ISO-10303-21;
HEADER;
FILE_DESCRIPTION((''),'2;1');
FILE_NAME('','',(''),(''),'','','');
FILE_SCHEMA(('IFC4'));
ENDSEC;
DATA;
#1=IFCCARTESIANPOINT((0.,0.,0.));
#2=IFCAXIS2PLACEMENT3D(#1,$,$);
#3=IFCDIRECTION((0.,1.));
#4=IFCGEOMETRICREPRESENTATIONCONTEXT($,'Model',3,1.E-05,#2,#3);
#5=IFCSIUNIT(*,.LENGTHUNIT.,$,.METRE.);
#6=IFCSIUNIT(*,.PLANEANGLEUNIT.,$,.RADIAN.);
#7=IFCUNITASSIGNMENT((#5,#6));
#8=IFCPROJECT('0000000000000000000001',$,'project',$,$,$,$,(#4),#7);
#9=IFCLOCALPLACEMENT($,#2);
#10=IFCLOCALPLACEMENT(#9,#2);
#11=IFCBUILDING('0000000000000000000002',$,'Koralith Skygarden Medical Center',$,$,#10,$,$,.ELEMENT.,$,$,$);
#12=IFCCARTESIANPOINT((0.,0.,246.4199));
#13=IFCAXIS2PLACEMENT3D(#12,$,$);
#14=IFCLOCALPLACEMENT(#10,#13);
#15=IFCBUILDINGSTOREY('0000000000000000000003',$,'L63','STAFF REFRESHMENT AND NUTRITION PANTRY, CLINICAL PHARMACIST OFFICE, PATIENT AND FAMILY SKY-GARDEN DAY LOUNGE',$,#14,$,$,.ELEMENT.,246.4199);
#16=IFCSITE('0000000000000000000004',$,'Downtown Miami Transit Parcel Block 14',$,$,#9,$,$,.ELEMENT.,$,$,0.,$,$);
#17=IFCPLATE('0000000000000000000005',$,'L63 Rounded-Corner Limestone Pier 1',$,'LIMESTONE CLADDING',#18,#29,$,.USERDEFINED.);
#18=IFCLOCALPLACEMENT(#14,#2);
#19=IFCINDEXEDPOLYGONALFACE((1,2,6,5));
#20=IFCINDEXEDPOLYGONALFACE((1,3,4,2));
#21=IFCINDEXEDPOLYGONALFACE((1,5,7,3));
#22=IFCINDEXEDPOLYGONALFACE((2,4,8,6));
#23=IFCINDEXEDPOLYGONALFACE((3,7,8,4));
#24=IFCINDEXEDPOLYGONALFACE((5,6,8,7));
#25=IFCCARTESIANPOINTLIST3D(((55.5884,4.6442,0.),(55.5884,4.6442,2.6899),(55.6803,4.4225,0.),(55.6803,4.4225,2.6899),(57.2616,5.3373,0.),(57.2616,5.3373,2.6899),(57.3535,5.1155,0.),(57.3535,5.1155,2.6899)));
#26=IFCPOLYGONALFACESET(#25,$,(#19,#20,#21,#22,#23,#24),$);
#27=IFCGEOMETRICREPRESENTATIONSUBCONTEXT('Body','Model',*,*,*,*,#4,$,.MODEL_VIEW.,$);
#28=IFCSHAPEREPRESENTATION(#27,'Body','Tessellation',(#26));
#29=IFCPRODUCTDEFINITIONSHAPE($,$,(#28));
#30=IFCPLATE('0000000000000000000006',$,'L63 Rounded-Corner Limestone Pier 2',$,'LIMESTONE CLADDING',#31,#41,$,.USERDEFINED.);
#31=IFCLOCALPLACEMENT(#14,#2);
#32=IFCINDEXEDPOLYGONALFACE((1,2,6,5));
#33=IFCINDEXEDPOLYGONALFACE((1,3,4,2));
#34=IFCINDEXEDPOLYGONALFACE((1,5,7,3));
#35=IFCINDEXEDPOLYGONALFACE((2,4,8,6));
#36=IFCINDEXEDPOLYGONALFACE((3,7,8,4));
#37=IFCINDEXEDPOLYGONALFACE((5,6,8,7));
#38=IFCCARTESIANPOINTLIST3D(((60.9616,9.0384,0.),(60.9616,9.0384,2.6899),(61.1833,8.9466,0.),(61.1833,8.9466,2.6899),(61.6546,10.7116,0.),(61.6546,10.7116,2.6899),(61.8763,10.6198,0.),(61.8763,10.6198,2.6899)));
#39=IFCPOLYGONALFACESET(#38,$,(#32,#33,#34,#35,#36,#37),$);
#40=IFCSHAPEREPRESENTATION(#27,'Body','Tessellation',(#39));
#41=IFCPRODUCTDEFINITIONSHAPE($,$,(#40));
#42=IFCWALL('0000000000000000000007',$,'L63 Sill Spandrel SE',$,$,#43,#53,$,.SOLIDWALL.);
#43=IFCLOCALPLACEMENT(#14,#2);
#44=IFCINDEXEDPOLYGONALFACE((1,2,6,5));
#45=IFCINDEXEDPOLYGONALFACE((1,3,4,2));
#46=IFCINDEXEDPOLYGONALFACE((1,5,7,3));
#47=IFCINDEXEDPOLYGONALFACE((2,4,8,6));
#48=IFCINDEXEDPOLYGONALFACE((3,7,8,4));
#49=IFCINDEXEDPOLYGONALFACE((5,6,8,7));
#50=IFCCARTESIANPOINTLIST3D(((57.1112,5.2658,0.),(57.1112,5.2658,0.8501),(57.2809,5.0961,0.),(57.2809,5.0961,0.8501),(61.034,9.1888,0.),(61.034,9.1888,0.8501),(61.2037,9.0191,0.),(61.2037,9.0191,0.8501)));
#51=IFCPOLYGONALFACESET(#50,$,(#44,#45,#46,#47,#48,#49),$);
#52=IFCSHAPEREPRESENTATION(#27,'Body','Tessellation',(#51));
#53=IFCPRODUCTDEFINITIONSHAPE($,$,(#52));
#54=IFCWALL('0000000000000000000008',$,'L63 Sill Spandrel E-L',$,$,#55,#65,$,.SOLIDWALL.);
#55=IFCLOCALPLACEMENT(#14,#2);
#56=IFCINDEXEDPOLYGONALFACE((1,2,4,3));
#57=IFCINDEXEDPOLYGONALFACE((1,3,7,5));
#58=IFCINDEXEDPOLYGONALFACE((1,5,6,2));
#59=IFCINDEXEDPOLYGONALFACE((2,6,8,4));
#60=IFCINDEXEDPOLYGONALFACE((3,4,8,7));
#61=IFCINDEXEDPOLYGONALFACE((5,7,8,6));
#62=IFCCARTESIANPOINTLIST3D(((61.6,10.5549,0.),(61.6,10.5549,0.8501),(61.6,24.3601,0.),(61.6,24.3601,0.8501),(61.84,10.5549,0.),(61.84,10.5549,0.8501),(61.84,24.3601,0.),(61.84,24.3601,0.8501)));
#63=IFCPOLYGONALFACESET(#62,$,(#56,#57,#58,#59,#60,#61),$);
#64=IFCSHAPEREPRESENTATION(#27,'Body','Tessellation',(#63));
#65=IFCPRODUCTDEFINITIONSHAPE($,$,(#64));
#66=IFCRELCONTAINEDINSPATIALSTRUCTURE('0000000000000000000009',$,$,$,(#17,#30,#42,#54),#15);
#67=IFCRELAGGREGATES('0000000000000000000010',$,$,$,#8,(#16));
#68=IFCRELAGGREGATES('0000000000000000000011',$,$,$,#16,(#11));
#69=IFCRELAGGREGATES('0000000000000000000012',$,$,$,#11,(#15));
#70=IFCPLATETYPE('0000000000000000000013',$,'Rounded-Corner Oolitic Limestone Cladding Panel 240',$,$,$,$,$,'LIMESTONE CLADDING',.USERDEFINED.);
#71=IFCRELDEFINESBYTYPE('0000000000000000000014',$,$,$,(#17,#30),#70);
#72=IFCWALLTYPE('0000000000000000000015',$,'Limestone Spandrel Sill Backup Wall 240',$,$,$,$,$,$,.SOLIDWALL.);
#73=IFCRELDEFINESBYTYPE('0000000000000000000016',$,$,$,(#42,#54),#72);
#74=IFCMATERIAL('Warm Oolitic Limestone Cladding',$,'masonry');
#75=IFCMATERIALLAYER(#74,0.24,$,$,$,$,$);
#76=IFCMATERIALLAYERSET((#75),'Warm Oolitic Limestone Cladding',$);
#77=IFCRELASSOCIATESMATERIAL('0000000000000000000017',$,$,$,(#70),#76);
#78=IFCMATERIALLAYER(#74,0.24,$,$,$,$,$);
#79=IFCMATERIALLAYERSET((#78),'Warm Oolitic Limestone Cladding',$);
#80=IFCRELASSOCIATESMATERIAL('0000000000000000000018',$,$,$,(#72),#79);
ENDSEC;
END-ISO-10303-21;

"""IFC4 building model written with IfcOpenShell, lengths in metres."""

from ifc_helpers import new_model, si_unit, direction, frame, frame_2d, origin, origin_2d, place, context, subcontext, project, spatial, rectangle, extrude, material, layer, layer_set, type_object, element, save


model = new_model("IFC4")

# Units and contexts
model_context = context("Model", 3, precision=1e-05, world=origin(), true_north=direction((0.0, 1.0)))
body_context = subcontext(model_context, "Body", "Model", "MODEL_VIEW")
ifc_project = project(units=[si_unit("LENGTHUNIT", "METRE"), si_unit("PLANEANGLEUNIT", "RADIAN")], contexts=[model_context])

# Site, building, storey
site_placement = place(None, origin())
site = spatial("IfcSite", under=ifc_project, at=site_placement, Name="Downtown Miami Transit Parcel Block 14", CompositionType="ELEMENT", RefElevation=0.0)
building_placement = place(site_placement, origin())
building = spatial("IfcBuilding", under=site, at=building_placement, Name="Koralith Skygarden Medical Center", CompositionType="ELEMENT")
storey_placement = place(building_placement, frame((0.0, 0.0, 246.4199)))
storey = spatial("IfcBuildingStorey", under=building, at=storey_placement, Name="L63", Description="STAFF REFRESHMENT AND NUTRITION PANTRY, CLINICAL PHARMACIST OFFICE, PATIENT AND FAMILY SKY-GARDEN DAY LOUNGE", CompositionType="ELEMENT", Elevation=246.4199)

# Plates
ifc_material_1 = material(Name="Warm Oolitic Limestone Cladding", Category="masonry")
ifc_layer_1 = layer(ifc_material_1, 0.24)
ifc_layer_set_1 = layer_set([ifc_layer_1], Name="Warm Oolitic Limestone Cladding")
plate_type_1 = type_object("IfcPlateType", Name="Rounded-Corner Oolitic Limestone Cladding Panel 240", ElementType="LIMESTONE CLADDING", PredefinedType="USERDEFINED", material=ifc_layer_set_1)
for number, where, z_axis, x_axis, name in (
    (1, (56.4709, 4.8799, 0.0), (0.0, 0.0, 1.0), (0.923885, 0.382671, 0.0), "L63 Rounded-Corner Limestone Pier 1"),
    (2, (61.4189, 9.8291, 0.0), (0.0, 0.0, 1.0), (0.382671, 0.923885, 0.0), "L63 Rounded-Corner Limestone Pier 2"),
):
    element("IfcPlate", number, at=place(storey_placement, frame(where, z_axis=z_axis, x_axis=x_axis)), inside=storey, type_object=plate_type_1, Name=name, ObjectType="LIMESTONE CLADDING", PredefinedType="USERDEFINED", context=body_context, shape_type="SweptSolid", body=[
        extrude(rectangle(XDim=1.811, YDim=0.24, at=origin_2d()), origin(), (0.0, 0.0, 1.0), 2.6899),
    ])

# Walls
ifc_layer_2 = layer(ifc_material_1, 0.24)
ifc_layer_set_2 = layer_set([ifc_layer_2], Name="Warm Oolitic Limestone Cladding")
wall_type = type_object("IfcWallType", Name="Limestone Spandrel Sill Backup Wall 240", PredefinedType="SOLIDWALL", material=ifc_layer_set_2)
wall_1_placement = place(storey_placement, frame((57.196, 5.1809, 0.0), z_axis=(0.0, 0.0, 1.0), x_axis=(0.707085, 0.707129, 0.0)))
element("IfcWall", 3, at=wall_1_placement, inside=storey, type_object=wall_type, Name="L63 Sill Spandrel SE", PredefinedType="SOLIDWALL", context=body_context, shape_type="SweptSolid", body=[
    extrude(rectangle(XDim=5.5479, YDim=0.24, at=frame_2d((2.7739, 0.0))), origin(), (0.0, 0.0, 1.0), 0.8501),
])
wall_2_placement = place(storey_placement, frame((61.72, 10.5549, 0.0), z_axis=(0.0, 0.0, 1.0), x_axis=(0.0, 1.0, 0.0)))
element("IfcWall", 4, at=wall_2_placement, inside=storey, type_object=wall_type, Name="L63 Sill Spandrel E-L", PredefinedType="SOLIDWALL", context=body_context, shape_type="SweptSolid", body=[
    extrude(rectangle(XDim=13.8052, YDim=0.24, at=frame_2d((6.9026, 0.0))), origin(), (0.0, 0.0, 1.0), 0.8501),
])

save(model, "model.ifc")
